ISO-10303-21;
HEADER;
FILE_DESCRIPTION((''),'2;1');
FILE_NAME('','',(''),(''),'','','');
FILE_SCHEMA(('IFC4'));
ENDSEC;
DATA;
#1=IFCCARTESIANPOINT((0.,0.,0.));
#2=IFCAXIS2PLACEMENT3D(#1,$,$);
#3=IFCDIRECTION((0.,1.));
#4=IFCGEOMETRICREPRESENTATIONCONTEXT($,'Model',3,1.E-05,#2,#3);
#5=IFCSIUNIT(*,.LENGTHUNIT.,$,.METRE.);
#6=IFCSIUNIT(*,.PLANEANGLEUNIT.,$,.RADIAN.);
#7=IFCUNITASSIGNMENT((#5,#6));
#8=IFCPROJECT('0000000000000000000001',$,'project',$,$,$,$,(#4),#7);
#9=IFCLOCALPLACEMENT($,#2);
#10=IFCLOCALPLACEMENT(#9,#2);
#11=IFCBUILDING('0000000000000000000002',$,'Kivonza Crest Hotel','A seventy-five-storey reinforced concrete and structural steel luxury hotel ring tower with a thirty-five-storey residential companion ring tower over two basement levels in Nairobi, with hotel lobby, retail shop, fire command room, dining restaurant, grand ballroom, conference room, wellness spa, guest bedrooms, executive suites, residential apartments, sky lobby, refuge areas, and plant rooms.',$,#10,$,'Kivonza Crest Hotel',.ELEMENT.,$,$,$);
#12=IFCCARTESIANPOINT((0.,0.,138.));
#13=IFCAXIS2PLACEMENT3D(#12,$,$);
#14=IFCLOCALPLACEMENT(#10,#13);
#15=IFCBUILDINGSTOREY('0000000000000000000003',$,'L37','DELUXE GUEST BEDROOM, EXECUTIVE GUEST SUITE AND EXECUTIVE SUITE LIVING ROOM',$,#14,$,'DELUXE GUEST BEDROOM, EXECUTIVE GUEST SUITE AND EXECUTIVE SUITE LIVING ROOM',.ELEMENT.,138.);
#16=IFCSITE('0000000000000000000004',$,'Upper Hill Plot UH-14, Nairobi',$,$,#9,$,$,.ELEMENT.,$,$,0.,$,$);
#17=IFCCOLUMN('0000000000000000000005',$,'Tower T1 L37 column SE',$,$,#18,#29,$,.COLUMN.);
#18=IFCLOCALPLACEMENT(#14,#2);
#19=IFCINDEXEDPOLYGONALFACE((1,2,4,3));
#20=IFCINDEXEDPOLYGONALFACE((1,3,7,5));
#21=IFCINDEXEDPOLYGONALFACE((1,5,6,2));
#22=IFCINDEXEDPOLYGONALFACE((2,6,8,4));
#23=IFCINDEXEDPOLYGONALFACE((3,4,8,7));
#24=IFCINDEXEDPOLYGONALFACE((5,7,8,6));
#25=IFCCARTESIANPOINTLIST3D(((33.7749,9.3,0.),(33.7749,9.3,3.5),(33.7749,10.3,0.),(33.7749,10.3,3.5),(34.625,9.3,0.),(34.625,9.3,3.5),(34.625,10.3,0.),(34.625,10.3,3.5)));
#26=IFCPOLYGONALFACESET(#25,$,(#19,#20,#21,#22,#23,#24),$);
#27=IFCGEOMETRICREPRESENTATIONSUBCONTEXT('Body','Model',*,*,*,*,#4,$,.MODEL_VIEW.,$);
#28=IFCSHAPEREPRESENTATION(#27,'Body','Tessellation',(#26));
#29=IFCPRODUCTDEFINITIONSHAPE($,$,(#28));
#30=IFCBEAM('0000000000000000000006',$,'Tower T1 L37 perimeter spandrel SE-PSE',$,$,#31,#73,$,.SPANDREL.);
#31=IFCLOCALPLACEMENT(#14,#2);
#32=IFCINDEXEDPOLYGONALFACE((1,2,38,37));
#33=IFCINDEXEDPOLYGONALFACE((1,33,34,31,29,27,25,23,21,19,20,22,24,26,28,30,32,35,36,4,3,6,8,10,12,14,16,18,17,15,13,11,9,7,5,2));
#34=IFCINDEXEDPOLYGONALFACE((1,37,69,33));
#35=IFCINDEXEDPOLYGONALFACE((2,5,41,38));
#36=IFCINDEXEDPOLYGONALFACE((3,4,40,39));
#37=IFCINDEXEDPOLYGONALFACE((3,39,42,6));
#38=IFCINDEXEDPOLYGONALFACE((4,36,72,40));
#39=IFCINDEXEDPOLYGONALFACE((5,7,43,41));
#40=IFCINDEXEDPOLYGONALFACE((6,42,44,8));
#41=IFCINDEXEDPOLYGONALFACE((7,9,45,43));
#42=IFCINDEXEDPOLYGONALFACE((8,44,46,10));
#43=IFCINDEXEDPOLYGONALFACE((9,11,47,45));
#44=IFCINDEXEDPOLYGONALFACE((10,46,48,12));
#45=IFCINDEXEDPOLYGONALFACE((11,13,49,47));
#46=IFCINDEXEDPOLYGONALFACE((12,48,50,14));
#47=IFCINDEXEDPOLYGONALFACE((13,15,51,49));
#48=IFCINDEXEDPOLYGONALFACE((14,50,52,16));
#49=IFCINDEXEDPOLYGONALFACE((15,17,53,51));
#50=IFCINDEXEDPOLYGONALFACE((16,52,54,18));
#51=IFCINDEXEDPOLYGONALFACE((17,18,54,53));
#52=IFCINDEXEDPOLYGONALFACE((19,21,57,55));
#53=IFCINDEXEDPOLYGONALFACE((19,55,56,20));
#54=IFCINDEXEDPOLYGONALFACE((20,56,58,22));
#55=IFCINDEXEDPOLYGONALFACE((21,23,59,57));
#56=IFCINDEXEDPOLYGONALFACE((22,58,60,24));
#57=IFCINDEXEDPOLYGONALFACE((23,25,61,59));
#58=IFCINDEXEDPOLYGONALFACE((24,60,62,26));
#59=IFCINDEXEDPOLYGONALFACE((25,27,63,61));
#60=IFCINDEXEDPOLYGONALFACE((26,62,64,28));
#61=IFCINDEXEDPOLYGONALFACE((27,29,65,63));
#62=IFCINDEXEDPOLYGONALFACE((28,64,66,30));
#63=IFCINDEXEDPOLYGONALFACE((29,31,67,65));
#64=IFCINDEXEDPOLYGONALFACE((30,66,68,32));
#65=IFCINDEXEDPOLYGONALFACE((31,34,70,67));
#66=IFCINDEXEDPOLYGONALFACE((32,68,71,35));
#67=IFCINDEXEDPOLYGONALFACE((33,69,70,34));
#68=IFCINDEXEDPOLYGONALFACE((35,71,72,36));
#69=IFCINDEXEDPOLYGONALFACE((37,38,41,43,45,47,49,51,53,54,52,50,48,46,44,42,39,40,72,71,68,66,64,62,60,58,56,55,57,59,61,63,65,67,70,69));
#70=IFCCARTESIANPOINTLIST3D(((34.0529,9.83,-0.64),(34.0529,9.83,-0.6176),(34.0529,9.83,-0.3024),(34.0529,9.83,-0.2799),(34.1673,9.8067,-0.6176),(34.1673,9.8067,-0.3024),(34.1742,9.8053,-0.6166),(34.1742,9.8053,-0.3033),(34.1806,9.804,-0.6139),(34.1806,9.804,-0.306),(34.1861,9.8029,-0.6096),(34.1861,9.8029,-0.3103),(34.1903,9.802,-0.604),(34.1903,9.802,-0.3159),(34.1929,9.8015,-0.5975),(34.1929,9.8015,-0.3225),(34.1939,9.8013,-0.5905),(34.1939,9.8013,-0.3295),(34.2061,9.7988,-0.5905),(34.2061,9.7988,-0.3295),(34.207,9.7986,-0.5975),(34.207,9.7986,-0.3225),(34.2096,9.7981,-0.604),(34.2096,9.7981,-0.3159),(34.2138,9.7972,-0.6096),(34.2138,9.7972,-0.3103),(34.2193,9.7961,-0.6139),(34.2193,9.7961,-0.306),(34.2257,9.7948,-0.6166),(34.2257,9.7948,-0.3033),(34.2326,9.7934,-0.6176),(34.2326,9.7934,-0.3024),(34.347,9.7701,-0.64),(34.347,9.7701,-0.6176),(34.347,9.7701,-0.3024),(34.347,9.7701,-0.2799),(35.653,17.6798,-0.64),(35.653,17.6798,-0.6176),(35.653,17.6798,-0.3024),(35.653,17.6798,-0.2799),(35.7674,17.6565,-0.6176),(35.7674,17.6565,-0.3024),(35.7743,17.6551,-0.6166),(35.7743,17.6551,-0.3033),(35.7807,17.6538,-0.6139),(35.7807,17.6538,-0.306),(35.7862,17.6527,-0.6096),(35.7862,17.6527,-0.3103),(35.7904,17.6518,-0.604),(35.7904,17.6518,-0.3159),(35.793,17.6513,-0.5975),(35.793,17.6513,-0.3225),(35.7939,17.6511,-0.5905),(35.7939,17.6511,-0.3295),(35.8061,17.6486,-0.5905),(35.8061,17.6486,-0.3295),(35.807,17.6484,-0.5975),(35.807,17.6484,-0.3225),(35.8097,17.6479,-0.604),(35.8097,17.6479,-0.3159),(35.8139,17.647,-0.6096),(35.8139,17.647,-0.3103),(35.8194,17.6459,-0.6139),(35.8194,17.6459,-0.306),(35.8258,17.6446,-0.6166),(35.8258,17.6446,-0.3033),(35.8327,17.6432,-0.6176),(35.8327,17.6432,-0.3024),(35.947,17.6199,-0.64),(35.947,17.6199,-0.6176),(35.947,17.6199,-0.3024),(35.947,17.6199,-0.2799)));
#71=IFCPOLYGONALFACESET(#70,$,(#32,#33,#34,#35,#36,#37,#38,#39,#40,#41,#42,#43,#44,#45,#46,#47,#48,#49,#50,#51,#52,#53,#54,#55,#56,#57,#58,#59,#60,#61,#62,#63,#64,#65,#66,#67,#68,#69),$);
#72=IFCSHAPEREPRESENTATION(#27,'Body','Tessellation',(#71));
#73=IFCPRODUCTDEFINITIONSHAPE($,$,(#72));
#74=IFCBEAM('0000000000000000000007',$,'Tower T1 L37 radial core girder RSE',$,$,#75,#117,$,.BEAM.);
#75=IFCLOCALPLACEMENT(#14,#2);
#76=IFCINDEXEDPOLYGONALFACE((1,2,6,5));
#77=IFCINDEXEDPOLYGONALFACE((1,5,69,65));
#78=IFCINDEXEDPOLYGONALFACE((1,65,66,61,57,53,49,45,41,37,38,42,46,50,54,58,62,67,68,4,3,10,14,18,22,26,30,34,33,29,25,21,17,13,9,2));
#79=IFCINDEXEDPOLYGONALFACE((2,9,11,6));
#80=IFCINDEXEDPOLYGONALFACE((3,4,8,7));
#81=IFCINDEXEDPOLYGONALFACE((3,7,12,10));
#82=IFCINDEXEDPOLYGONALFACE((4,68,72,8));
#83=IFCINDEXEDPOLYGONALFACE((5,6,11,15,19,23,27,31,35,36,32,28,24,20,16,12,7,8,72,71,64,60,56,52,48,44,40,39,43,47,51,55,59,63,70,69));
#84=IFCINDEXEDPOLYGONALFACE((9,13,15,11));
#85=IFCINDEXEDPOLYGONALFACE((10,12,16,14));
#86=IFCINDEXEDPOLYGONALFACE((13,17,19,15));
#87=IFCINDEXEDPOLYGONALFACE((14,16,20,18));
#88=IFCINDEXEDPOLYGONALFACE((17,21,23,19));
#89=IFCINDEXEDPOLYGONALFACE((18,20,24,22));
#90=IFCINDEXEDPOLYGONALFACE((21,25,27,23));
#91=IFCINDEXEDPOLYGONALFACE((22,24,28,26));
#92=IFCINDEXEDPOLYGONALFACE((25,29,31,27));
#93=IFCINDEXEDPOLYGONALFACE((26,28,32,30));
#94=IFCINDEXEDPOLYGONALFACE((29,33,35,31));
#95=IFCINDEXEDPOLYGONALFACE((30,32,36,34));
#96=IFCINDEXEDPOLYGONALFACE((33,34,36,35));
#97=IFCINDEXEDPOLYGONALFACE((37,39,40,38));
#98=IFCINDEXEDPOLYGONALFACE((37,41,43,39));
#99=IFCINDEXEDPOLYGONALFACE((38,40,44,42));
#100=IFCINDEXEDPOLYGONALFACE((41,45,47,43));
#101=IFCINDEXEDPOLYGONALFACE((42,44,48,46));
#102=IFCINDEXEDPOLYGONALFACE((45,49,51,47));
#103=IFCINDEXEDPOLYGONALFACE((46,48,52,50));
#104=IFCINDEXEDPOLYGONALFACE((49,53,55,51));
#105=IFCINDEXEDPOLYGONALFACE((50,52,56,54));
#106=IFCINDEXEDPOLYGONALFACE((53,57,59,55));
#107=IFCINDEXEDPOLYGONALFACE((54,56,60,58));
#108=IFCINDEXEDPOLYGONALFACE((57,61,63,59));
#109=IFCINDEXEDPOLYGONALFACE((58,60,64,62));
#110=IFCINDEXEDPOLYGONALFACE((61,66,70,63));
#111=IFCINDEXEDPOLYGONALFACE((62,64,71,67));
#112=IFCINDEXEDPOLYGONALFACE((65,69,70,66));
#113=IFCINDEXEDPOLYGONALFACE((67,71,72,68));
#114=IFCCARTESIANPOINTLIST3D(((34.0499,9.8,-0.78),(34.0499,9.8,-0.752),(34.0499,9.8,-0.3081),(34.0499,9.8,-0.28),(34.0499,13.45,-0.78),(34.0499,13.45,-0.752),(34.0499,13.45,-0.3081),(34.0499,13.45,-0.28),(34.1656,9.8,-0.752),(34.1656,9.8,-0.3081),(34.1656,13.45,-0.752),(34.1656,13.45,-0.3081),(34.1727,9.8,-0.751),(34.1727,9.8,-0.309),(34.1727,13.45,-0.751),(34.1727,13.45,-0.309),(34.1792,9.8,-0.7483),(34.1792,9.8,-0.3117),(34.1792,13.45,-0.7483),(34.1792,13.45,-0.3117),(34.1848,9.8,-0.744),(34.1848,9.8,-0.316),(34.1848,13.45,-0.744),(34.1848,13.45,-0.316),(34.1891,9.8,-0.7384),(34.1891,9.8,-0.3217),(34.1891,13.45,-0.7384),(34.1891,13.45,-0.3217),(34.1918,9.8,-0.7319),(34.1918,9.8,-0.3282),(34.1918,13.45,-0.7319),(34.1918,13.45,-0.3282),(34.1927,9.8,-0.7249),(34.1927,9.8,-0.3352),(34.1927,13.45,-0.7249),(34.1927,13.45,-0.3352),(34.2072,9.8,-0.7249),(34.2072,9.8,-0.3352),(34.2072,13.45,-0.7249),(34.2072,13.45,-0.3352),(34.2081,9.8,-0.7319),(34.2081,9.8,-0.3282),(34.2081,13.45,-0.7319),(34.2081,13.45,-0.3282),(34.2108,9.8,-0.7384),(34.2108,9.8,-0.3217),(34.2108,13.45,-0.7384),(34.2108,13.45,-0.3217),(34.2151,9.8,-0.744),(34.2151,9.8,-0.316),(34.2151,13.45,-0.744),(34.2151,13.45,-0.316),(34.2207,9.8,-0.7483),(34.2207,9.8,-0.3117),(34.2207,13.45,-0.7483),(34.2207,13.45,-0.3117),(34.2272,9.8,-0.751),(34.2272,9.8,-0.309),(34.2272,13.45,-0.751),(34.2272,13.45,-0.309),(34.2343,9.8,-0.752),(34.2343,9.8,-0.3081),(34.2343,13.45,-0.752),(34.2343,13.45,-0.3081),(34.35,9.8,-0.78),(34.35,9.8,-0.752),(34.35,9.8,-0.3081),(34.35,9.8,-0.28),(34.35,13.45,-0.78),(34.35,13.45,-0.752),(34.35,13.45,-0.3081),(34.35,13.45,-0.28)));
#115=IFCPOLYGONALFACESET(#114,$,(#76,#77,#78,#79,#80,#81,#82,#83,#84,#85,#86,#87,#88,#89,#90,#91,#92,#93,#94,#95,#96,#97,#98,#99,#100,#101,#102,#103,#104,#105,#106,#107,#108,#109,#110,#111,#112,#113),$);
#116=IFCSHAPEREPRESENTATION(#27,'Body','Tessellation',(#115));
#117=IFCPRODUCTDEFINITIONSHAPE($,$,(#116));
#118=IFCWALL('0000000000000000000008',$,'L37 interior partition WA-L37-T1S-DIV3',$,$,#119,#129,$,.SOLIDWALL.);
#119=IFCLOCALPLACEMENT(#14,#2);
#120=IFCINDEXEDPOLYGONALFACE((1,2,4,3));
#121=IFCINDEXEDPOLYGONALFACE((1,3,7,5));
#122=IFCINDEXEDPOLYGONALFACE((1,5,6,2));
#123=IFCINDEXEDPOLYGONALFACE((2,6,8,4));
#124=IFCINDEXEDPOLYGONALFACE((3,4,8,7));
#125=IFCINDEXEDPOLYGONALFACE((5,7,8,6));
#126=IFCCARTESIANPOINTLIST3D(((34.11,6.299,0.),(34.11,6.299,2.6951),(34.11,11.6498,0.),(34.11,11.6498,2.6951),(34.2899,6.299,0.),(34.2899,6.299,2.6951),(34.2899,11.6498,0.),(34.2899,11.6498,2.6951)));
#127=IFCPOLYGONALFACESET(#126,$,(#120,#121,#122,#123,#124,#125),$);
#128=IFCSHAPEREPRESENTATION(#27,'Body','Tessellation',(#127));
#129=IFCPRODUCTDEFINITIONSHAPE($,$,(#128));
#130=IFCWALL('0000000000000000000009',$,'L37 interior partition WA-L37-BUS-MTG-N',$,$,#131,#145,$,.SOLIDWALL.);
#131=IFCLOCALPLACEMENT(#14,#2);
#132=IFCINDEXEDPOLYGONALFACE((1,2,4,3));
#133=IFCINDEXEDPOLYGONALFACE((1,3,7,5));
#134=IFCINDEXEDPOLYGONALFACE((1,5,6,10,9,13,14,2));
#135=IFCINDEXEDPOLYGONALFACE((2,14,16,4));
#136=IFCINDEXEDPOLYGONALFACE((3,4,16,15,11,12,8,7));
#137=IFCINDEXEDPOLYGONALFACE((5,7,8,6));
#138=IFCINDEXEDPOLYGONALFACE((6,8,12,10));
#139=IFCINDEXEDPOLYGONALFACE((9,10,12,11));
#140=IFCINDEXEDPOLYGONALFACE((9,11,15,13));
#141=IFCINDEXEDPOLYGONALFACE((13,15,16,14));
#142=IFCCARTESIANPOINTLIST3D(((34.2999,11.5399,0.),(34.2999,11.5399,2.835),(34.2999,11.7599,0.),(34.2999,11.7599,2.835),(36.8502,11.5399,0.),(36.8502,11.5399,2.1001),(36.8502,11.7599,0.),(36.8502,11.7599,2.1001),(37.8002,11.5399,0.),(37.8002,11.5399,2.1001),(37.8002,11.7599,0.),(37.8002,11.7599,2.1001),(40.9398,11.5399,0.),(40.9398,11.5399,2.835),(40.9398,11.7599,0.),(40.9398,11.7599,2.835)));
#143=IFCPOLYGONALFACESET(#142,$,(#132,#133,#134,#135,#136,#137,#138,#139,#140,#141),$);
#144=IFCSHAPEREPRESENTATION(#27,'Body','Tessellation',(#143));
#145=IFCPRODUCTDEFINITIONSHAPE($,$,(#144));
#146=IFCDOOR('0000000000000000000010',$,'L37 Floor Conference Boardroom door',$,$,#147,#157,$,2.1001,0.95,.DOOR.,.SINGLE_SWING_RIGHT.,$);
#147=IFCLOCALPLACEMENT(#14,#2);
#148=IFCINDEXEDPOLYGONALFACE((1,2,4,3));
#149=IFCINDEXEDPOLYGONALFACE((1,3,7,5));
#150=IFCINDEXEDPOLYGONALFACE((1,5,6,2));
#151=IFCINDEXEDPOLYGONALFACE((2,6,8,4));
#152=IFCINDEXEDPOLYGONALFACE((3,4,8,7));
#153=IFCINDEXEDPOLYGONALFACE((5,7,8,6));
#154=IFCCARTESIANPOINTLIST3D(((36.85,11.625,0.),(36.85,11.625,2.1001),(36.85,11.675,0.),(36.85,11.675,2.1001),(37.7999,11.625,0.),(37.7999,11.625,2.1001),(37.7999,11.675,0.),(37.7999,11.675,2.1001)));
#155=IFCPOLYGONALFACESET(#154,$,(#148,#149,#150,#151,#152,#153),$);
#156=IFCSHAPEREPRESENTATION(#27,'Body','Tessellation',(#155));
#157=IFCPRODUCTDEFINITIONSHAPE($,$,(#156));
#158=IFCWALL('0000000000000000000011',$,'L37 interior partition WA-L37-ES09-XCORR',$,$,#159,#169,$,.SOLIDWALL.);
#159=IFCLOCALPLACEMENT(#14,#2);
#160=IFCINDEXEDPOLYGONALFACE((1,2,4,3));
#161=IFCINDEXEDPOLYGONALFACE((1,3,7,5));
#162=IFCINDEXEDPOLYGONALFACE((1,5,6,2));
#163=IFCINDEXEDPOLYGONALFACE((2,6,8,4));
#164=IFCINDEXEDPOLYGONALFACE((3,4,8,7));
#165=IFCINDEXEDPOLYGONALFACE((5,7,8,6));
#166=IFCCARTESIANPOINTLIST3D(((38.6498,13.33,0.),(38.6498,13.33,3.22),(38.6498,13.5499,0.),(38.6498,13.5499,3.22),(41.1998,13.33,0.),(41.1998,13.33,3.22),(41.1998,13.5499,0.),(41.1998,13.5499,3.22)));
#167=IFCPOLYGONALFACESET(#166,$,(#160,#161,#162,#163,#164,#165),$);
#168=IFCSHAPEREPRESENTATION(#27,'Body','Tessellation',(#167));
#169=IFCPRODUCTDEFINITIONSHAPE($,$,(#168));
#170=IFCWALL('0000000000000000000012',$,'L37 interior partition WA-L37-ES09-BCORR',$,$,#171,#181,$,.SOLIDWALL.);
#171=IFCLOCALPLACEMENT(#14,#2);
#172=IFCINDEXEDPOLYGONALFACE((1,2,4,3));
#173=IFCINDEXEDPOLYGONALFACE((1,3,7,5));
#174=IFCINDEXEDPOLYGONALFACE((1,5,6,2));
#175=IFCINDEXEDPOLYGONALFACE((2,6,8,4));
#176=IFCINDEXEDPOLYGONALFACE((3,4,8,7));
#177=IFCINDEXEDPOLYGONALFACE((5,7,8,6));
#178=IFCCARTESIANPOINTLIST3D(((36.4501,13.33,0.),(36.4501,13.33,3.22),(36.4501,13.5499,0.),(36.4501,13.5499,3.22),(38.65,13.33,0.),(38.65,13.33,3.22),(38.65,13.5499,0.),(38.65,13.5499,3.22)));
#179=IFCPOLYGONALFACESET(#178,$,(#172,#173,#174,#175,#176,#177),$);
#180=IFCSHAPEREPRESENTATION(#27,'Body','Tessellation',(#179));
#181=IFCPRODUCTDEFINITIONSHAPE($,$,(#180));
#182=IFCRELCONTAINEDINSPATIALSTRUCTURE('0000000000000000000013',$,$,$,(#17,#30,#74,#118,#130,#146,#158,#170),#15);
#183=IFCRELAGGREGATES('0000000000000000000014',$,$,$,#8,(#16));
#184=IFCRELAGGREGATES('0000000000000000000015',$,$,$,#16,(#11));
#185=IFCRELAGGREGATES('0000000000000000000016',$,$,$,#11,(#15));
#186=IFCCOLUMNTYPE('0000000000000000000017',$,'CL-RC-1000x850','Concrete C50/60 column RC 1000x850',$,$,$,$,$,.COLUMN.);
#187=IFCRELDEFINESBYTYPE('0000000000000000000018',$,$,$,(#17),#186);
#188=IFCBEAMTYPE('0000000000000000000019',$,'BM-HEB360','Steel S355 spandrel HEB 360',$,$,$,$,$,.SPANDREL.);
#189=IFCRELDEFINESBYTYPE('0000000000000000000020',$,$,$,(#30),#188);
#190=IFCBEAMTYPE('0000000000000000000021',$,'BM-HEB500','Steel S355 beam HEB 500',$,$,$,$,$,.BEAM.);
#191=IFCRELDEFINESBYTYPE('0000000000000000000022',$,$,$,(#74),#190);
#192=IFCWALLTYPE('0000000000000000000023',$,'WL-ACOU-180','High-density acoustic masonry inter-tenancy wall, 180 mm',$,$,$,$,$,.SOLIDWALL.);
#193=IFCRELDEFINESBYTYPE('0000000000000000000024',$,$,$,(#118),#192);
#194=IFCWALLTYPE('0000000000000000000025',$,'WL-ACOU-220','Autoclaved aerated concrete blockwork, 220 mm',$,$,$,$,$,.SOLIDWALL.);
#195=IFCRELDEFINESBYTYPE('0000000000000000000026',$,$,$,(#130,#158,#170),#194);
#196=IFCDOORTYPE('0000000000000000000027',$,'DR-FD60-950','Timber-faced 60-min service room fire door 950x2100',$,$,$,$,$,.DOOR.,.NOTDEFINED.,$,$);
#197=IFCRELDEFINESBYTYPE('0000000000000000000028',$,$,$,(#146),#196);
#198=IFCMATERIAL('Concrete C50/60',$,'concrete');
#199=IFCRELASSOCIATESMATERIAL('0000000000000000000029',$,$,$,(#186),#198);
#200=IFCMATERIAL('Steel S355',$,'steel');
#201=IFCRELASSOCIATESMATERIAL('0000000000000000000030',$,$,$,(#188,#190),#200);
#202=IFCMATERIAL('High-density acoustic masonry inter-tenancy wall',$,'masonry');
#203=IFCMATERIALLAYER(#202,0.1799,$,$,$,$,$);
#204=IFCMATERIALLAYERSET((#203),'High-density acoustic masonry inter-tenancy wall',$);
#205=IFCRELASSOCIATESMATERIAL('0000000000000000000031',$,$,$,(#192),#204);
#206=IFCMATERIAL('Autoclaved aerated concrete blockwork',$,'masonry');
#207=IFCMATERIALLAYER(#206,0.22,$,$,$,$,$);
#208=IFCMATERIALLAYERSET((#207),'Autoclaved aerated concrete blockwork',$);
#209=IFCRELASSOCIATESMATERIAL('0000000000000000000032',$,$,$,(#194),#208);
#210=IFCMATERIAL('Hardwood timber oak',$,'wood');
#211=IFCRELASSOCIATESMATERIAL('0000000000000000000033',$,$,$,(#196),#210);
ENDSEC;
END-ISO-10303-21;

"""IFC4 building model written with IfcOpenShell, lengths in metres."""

from ifc_helpers import new_model, si_unit, direction, frame, frame_2d, origin, origin_2d, place, context, subcontext, project, spatial, rectangle, i_section, extrude, material, layer, layer_set, material_profile, profile_set, type_object, element, fill, save


model = new_model("IFC4")

# Units and contexts
model_context = context("Model", 3, precision=1e-05, world=origin(), true_north=direction((0.0, 1.0)))
body_context = subcontext(model_context, "Body", "Model", "MODEL_VIEW")
ifc_project = project(units=[si_unit("LENGTHUNIT", "METRE"), si_unit("PLANEANGLEUNIT", "RADIAN")], contexts=[model_context])

# Site, building, storey
site_placement = place(None, origin())
site = spatial("IfcSite", under=ifc_project, at=site_placement, Name="Upper Hill Plot UH-14, Nairobi", CompositionType="ELEMENT", RefElevation=0.0)
building_placement = place(site_placement, origin())
building = spatial("IfcBuilding", under=site, at=building_placement, Name="Kivonza Crest Hotel", Description="A seventy-five-storey reinforced concrete and structural steel luxury hotel ring tower with a thirty-five-storey residential companion ring tower over two basement levels in Nairobi, with hotel lobby, retail shop, fire command room, dining restaurant, grand ballroom, conference room, wellness spa, guest bedrooms, executive suites, residential apartments, sky lobby, refuge areas, and plant rooms.", LongName="Kivonza Crest Hotel", CompositionType="ELEMENT")
storey_placement = place(building_placement, frame((0.0, 0.0, 138.0)))
storey = spatial("IfcBuildingStorey", under=building, at=storey_placement, Name="L37", Description="DELUXE GUEST BEDROOM, EXECUTIVE GUEST SUITE AND EXECUTIVE SUITE LIVING ROOM", LongName="DELUXE GUEST BEDROOM, EXECUTIVE GUEST SUITE AND EXECUTIVE SUITE LIVING ROOM", CompositionType="ELEMENT", Elevation=138.0)

# Column
ifc_material_1 = material(Name="Concrete C50/60", Category="concrete")
ifc_material_profile_1 = material_profile(ifc_material_1, rectangle(XDim=0.8501, YDim=1.0, at=origin_2d()), Name="RC 1000x850")
ifc_profile_set_1 = profile_set([ifc_material_profile_1], Name="Concrete C50/60")
column_type = type_object("IfcColumnType", Name="CL-RC-1000x850", Description="Concrete C50/60 column RC 1000x850", PredefinedType="COLUMN", material=ifc_profile_set_1)
column_placement = place(storey_placement, frame((34.2, 9.8, 0.0), z_axis=(0.0, 0.0, 1.0), x_axis=(1.0, 0.0, 0.0)))
element("IfcColumn", 1, at=column_placement, inside=storey, type_object=column_type, Name="Tower T1 L37 column SE", PredefinedType="COLUMN", context=body_context, shape_type="SweptSolid", body=[
    extrude(rectangle(XDim=0.8501, YDim=1.0, at=origin_2d()), origin(), (0.0, 0.0, 1.0), 3.5),
])

# Beams
ifc_material_2 = material(Name="Steel S355", Category="steel")
ifc_material_profile_2 = material_profile(ifc_material_2, i_section(OverallWidth=0.3, OverallDepth=0.3601, WebThickness=0.0125, FlangeThickness=0.0225, FilletRadius=0.0271, at=origin_2d()), Name="HEB 360")
ifc_profile_set_2 = profile_set([ifc_material_profile_2], Name="Steel S355")
beam_type_1 = type_object("IfcBeamType", Name="BM-HEB360", Description="Steel S355 spandrel HEB 360", PredefinedType="SPANDREL", material=ifc_profile_set_2)
beam_1_placement = place(storey_placement, frame((34.2, 9.8, -0.46), z_axis=(0.199731, 0.979851, 0.0), x_axis=(-0.979851, 0.199731, 0.0)))
element("IfcBeam", 2, at=beam_1_placement, inside=storey, type_object=beam_type_1, Name="Tower T1 L37 perimeter spandrel SE-PSE", PredefinedType="SPANDREL", context=body_context, shape_type="SweptSolid", body=[
    extrude(i_section(OverallWidth=0.3, OverallDepth=0.3601, WebThickness=0.0125, FlangeThickness=0.0225, FilletRadius=0.0271, at=origin_2d()), origin(), (0.0, 0.0, 1.0), 8.0112),
])
ifc_material_profile_3 = material_profile(ifc_material_2, i_section(OverallWidth=0.3, OverallDepth=0.5, WebThickness=0.0144, FlangeThickness=0.0281, FilletRadius=0.0271, at=origin_2d()), Name="HEB 500")
ifc_profile_set_3 = profile_set([ifc_material_profile_3], Name="Steel S355")
beam_type_2 = type_object("IfcBeamType", Name="BM-HEB500", Description="Steel S355 beam HEB 500", PredefinedType="BEAM", material=ifc_profile_set_3)
beam_2_placement = place(storey_placement, frame((34.2, 9.8, -0.53), z_axis=(0.0, 1.0, 0.0), x_axis=(-1.0, 0.0, 0.0)))
element("IfcBeam", 3, at=beam_2_placement, inside=storey, type_object=beam_type_2, Name="Tower T1 L37 radial core girder RSE", PredefinedType="BEAM", context=body_context, shape_type="SweptSolid", body=[
    extrude(i_section(OverallWidth=0.3, OverallDepth=0.5, WebThickness=0.0144, FlangeThickness=0.0281, FilletRadius=0.0271, at=origin_2d()), origin(), (0.0, 0.0, 1.0), 3.6499),
])

# Wall
ifc_material_3 = material(Name="High-density acoustic masonry inter-tenancy wall", Category="masonry")
ifc_layer_1 = layer(ifc_material_3, 0.1799)
ifc_layer_set_1 = layer_set([ifc_layer_1], Name="High-density acoustic masonry inter-tenancy wall")
wall_type_1 = type_object("IfcWallType", Name="WL-ACOU-180", Description="High-density acoustic masonry inter-tenancy wall, 180 mm", PredefinedType="SOLIDWALL", material=ifc_layer_set_1)
wall_1_placement = place(storey_placement, frame((34.2, 6.2991, 0.0), z_axis=(0.0, 0.0, 1.0), x_axis=(0.0, 1.0, 0.0)))
element("IfcWall", 4, at=wall_1_placement, inside=storey, type_object=wall_type_1, Name="L37 interior partition WA-L37-T1S-DIV3", PredefinedType="SOLIDWALL", context=body_context, shape_type="SweptSolid", body=[
    extrude(rectangle(XDim=5.3508, YDim=0.1799, at=frame_2d((2.6753, 0.0))), origin(), (0.0, 0.0, 1.0), 2.6951),
])

# Wall, opening, door
ifc_material_4 = material(Name="Autoclaved aerated concrete blockwork", Category="masonry")
ifc_layer_2 = layer(ifc_material_4, 0.22)
ifc_layer_set_2 = layer_set([ifc_layer_2], Name="Autoclaved aerated concrete blockwork")
wall_type_2 = type_object("IfcWallType", Name="WL-ACOU-220", Description="Autoclaved aerated concrete blockwork, 220 mm", PredefinedType="SOLIDWALL", material=ifc_layer_set_2)
wall_2_placement = place(storey_placement, frame((34.3, 11.6499, 0.0), z_axis=(0.0, 0.0, 1.0), x_axis=(1.0, 0.0, 0.0)))
wall_2 = element("IfcWall", 5, at=wall_2_placement, inside=storey, type_object=wall_type_2, Name="L37 interior partition WA-L37-BUS-MTG-N", PredefinedType="SOLIDWALL", context=body_context, shape_type="SweptSolid", body=[
    extrude(rectangle(XDim=6.6399, YDim=0.22, at=frame_2d((3.3198, 0.0))), origin(), (0.0, 0.0, 1.0), 2.835),
])
opening_1_placement = place(wall_2_placement, frame((2.55, 0.0, 0.0)))
opening_1 = element("IfcOpeningElement", 6, at=opening_1_placement, cuts=wall_2, PredefinedType="OPENING", context=body_context, shape_type="SweptSolid", body=[
    extrude(rectangle(XDim=0.95, YDim=2.1001, at=frame_2d((0.4751, 1.05))), frame((0.0, 0.1201, 0.0), z_axis=(0.0, -1.0, 0.0), x_axis=(1.0, 0.0, 0.0)), (0.0, 0.0, 1.0), 0.24),
])
ifc_material_5 = material(Name="Hardwood timber oak", Category="wood")
door_type_1 = type_object("IfcDoorType", Name="DR-FD60-950", Description="Timber-faced 60-min service room fire door 950x2100", OperationType="NOTDEFINED", PredefinedType="DOOR", material=ifc_material_5)
door_1_placement = place(opening_1_placement, frame((0.95, 0.0, 0.0), z_axis=(0.0, 0.0, 1.0), x_axis=(-1.0, 0.0, 0.0)))
door_1 = element("IfcDoor", 7, at=door_1_placement, inside=storey, type_object=door_type_1, Name="L37 Floor Conference Boardroom door", OperationType="SINGLE_SWING_RIGHT", OverallHeight=2.1001, OverallWidth=0.95, PredefinedType="DOOR", context=body_context, shape_type="SweptSolid", body=[
    extrude(rectangle(XDim=0.95, YDim=2.1001, at=frame_2d((0.4751, 1.05))), frame((0.0, 0.0249, 0.0), z_axis=(0.0, -1.0, 0.0), x_axis=(1.0, 0.0, 0.0)), (0.0, 0.0, 1.0), 0.05),
])
fill(opening_1, door_1)

# Walls
wall_3_placement = place(storey_placement, frame((38.6499, 13.4399, 0.0), z_axis=(0.0, 0.0, 1.0), x_axis=(1.0, 0.0, 0.0)))
element("IfcWall", 8, at=wall_3_placement, inside=storey, type_object=wall_type_2, Name="L37 interior partition WA-L37-ES09-XCORR", PredefinedType="SOLIDWALL", context=body_context, shape_type="SweptSolid", body=[
    extrude(rectangle(XDim=2.55, YDim=0.22, at=frame_2d((1.2749, 0.0))), origin(), (0.0, 0.0, 1.0), 3.22),
])
wall_4_placement = place(storey_placement, frame((36.45, 13.4399, 0.0), z_axis=(0.0, 0.0, 1.0), x_axis=(1.0, 0.0, 0.0)))
element("IfcWall", 9, at=wall_4_placement, inside=storey, type_object=wall_type_2, Name="L37 interior partition WA-L37-ES09-BCORR", PredefinedType="SOLIDWALL", context=body_context, shape_type="SweptSolid", body=[
    extrude(rectangle(XDim=2.2, YDim=0.22, at=frame_2d((1.1001, 0.0))), origin(), (0.0, 0.0, 1.0), 3.22),
])

save(model, "model.ifc")
